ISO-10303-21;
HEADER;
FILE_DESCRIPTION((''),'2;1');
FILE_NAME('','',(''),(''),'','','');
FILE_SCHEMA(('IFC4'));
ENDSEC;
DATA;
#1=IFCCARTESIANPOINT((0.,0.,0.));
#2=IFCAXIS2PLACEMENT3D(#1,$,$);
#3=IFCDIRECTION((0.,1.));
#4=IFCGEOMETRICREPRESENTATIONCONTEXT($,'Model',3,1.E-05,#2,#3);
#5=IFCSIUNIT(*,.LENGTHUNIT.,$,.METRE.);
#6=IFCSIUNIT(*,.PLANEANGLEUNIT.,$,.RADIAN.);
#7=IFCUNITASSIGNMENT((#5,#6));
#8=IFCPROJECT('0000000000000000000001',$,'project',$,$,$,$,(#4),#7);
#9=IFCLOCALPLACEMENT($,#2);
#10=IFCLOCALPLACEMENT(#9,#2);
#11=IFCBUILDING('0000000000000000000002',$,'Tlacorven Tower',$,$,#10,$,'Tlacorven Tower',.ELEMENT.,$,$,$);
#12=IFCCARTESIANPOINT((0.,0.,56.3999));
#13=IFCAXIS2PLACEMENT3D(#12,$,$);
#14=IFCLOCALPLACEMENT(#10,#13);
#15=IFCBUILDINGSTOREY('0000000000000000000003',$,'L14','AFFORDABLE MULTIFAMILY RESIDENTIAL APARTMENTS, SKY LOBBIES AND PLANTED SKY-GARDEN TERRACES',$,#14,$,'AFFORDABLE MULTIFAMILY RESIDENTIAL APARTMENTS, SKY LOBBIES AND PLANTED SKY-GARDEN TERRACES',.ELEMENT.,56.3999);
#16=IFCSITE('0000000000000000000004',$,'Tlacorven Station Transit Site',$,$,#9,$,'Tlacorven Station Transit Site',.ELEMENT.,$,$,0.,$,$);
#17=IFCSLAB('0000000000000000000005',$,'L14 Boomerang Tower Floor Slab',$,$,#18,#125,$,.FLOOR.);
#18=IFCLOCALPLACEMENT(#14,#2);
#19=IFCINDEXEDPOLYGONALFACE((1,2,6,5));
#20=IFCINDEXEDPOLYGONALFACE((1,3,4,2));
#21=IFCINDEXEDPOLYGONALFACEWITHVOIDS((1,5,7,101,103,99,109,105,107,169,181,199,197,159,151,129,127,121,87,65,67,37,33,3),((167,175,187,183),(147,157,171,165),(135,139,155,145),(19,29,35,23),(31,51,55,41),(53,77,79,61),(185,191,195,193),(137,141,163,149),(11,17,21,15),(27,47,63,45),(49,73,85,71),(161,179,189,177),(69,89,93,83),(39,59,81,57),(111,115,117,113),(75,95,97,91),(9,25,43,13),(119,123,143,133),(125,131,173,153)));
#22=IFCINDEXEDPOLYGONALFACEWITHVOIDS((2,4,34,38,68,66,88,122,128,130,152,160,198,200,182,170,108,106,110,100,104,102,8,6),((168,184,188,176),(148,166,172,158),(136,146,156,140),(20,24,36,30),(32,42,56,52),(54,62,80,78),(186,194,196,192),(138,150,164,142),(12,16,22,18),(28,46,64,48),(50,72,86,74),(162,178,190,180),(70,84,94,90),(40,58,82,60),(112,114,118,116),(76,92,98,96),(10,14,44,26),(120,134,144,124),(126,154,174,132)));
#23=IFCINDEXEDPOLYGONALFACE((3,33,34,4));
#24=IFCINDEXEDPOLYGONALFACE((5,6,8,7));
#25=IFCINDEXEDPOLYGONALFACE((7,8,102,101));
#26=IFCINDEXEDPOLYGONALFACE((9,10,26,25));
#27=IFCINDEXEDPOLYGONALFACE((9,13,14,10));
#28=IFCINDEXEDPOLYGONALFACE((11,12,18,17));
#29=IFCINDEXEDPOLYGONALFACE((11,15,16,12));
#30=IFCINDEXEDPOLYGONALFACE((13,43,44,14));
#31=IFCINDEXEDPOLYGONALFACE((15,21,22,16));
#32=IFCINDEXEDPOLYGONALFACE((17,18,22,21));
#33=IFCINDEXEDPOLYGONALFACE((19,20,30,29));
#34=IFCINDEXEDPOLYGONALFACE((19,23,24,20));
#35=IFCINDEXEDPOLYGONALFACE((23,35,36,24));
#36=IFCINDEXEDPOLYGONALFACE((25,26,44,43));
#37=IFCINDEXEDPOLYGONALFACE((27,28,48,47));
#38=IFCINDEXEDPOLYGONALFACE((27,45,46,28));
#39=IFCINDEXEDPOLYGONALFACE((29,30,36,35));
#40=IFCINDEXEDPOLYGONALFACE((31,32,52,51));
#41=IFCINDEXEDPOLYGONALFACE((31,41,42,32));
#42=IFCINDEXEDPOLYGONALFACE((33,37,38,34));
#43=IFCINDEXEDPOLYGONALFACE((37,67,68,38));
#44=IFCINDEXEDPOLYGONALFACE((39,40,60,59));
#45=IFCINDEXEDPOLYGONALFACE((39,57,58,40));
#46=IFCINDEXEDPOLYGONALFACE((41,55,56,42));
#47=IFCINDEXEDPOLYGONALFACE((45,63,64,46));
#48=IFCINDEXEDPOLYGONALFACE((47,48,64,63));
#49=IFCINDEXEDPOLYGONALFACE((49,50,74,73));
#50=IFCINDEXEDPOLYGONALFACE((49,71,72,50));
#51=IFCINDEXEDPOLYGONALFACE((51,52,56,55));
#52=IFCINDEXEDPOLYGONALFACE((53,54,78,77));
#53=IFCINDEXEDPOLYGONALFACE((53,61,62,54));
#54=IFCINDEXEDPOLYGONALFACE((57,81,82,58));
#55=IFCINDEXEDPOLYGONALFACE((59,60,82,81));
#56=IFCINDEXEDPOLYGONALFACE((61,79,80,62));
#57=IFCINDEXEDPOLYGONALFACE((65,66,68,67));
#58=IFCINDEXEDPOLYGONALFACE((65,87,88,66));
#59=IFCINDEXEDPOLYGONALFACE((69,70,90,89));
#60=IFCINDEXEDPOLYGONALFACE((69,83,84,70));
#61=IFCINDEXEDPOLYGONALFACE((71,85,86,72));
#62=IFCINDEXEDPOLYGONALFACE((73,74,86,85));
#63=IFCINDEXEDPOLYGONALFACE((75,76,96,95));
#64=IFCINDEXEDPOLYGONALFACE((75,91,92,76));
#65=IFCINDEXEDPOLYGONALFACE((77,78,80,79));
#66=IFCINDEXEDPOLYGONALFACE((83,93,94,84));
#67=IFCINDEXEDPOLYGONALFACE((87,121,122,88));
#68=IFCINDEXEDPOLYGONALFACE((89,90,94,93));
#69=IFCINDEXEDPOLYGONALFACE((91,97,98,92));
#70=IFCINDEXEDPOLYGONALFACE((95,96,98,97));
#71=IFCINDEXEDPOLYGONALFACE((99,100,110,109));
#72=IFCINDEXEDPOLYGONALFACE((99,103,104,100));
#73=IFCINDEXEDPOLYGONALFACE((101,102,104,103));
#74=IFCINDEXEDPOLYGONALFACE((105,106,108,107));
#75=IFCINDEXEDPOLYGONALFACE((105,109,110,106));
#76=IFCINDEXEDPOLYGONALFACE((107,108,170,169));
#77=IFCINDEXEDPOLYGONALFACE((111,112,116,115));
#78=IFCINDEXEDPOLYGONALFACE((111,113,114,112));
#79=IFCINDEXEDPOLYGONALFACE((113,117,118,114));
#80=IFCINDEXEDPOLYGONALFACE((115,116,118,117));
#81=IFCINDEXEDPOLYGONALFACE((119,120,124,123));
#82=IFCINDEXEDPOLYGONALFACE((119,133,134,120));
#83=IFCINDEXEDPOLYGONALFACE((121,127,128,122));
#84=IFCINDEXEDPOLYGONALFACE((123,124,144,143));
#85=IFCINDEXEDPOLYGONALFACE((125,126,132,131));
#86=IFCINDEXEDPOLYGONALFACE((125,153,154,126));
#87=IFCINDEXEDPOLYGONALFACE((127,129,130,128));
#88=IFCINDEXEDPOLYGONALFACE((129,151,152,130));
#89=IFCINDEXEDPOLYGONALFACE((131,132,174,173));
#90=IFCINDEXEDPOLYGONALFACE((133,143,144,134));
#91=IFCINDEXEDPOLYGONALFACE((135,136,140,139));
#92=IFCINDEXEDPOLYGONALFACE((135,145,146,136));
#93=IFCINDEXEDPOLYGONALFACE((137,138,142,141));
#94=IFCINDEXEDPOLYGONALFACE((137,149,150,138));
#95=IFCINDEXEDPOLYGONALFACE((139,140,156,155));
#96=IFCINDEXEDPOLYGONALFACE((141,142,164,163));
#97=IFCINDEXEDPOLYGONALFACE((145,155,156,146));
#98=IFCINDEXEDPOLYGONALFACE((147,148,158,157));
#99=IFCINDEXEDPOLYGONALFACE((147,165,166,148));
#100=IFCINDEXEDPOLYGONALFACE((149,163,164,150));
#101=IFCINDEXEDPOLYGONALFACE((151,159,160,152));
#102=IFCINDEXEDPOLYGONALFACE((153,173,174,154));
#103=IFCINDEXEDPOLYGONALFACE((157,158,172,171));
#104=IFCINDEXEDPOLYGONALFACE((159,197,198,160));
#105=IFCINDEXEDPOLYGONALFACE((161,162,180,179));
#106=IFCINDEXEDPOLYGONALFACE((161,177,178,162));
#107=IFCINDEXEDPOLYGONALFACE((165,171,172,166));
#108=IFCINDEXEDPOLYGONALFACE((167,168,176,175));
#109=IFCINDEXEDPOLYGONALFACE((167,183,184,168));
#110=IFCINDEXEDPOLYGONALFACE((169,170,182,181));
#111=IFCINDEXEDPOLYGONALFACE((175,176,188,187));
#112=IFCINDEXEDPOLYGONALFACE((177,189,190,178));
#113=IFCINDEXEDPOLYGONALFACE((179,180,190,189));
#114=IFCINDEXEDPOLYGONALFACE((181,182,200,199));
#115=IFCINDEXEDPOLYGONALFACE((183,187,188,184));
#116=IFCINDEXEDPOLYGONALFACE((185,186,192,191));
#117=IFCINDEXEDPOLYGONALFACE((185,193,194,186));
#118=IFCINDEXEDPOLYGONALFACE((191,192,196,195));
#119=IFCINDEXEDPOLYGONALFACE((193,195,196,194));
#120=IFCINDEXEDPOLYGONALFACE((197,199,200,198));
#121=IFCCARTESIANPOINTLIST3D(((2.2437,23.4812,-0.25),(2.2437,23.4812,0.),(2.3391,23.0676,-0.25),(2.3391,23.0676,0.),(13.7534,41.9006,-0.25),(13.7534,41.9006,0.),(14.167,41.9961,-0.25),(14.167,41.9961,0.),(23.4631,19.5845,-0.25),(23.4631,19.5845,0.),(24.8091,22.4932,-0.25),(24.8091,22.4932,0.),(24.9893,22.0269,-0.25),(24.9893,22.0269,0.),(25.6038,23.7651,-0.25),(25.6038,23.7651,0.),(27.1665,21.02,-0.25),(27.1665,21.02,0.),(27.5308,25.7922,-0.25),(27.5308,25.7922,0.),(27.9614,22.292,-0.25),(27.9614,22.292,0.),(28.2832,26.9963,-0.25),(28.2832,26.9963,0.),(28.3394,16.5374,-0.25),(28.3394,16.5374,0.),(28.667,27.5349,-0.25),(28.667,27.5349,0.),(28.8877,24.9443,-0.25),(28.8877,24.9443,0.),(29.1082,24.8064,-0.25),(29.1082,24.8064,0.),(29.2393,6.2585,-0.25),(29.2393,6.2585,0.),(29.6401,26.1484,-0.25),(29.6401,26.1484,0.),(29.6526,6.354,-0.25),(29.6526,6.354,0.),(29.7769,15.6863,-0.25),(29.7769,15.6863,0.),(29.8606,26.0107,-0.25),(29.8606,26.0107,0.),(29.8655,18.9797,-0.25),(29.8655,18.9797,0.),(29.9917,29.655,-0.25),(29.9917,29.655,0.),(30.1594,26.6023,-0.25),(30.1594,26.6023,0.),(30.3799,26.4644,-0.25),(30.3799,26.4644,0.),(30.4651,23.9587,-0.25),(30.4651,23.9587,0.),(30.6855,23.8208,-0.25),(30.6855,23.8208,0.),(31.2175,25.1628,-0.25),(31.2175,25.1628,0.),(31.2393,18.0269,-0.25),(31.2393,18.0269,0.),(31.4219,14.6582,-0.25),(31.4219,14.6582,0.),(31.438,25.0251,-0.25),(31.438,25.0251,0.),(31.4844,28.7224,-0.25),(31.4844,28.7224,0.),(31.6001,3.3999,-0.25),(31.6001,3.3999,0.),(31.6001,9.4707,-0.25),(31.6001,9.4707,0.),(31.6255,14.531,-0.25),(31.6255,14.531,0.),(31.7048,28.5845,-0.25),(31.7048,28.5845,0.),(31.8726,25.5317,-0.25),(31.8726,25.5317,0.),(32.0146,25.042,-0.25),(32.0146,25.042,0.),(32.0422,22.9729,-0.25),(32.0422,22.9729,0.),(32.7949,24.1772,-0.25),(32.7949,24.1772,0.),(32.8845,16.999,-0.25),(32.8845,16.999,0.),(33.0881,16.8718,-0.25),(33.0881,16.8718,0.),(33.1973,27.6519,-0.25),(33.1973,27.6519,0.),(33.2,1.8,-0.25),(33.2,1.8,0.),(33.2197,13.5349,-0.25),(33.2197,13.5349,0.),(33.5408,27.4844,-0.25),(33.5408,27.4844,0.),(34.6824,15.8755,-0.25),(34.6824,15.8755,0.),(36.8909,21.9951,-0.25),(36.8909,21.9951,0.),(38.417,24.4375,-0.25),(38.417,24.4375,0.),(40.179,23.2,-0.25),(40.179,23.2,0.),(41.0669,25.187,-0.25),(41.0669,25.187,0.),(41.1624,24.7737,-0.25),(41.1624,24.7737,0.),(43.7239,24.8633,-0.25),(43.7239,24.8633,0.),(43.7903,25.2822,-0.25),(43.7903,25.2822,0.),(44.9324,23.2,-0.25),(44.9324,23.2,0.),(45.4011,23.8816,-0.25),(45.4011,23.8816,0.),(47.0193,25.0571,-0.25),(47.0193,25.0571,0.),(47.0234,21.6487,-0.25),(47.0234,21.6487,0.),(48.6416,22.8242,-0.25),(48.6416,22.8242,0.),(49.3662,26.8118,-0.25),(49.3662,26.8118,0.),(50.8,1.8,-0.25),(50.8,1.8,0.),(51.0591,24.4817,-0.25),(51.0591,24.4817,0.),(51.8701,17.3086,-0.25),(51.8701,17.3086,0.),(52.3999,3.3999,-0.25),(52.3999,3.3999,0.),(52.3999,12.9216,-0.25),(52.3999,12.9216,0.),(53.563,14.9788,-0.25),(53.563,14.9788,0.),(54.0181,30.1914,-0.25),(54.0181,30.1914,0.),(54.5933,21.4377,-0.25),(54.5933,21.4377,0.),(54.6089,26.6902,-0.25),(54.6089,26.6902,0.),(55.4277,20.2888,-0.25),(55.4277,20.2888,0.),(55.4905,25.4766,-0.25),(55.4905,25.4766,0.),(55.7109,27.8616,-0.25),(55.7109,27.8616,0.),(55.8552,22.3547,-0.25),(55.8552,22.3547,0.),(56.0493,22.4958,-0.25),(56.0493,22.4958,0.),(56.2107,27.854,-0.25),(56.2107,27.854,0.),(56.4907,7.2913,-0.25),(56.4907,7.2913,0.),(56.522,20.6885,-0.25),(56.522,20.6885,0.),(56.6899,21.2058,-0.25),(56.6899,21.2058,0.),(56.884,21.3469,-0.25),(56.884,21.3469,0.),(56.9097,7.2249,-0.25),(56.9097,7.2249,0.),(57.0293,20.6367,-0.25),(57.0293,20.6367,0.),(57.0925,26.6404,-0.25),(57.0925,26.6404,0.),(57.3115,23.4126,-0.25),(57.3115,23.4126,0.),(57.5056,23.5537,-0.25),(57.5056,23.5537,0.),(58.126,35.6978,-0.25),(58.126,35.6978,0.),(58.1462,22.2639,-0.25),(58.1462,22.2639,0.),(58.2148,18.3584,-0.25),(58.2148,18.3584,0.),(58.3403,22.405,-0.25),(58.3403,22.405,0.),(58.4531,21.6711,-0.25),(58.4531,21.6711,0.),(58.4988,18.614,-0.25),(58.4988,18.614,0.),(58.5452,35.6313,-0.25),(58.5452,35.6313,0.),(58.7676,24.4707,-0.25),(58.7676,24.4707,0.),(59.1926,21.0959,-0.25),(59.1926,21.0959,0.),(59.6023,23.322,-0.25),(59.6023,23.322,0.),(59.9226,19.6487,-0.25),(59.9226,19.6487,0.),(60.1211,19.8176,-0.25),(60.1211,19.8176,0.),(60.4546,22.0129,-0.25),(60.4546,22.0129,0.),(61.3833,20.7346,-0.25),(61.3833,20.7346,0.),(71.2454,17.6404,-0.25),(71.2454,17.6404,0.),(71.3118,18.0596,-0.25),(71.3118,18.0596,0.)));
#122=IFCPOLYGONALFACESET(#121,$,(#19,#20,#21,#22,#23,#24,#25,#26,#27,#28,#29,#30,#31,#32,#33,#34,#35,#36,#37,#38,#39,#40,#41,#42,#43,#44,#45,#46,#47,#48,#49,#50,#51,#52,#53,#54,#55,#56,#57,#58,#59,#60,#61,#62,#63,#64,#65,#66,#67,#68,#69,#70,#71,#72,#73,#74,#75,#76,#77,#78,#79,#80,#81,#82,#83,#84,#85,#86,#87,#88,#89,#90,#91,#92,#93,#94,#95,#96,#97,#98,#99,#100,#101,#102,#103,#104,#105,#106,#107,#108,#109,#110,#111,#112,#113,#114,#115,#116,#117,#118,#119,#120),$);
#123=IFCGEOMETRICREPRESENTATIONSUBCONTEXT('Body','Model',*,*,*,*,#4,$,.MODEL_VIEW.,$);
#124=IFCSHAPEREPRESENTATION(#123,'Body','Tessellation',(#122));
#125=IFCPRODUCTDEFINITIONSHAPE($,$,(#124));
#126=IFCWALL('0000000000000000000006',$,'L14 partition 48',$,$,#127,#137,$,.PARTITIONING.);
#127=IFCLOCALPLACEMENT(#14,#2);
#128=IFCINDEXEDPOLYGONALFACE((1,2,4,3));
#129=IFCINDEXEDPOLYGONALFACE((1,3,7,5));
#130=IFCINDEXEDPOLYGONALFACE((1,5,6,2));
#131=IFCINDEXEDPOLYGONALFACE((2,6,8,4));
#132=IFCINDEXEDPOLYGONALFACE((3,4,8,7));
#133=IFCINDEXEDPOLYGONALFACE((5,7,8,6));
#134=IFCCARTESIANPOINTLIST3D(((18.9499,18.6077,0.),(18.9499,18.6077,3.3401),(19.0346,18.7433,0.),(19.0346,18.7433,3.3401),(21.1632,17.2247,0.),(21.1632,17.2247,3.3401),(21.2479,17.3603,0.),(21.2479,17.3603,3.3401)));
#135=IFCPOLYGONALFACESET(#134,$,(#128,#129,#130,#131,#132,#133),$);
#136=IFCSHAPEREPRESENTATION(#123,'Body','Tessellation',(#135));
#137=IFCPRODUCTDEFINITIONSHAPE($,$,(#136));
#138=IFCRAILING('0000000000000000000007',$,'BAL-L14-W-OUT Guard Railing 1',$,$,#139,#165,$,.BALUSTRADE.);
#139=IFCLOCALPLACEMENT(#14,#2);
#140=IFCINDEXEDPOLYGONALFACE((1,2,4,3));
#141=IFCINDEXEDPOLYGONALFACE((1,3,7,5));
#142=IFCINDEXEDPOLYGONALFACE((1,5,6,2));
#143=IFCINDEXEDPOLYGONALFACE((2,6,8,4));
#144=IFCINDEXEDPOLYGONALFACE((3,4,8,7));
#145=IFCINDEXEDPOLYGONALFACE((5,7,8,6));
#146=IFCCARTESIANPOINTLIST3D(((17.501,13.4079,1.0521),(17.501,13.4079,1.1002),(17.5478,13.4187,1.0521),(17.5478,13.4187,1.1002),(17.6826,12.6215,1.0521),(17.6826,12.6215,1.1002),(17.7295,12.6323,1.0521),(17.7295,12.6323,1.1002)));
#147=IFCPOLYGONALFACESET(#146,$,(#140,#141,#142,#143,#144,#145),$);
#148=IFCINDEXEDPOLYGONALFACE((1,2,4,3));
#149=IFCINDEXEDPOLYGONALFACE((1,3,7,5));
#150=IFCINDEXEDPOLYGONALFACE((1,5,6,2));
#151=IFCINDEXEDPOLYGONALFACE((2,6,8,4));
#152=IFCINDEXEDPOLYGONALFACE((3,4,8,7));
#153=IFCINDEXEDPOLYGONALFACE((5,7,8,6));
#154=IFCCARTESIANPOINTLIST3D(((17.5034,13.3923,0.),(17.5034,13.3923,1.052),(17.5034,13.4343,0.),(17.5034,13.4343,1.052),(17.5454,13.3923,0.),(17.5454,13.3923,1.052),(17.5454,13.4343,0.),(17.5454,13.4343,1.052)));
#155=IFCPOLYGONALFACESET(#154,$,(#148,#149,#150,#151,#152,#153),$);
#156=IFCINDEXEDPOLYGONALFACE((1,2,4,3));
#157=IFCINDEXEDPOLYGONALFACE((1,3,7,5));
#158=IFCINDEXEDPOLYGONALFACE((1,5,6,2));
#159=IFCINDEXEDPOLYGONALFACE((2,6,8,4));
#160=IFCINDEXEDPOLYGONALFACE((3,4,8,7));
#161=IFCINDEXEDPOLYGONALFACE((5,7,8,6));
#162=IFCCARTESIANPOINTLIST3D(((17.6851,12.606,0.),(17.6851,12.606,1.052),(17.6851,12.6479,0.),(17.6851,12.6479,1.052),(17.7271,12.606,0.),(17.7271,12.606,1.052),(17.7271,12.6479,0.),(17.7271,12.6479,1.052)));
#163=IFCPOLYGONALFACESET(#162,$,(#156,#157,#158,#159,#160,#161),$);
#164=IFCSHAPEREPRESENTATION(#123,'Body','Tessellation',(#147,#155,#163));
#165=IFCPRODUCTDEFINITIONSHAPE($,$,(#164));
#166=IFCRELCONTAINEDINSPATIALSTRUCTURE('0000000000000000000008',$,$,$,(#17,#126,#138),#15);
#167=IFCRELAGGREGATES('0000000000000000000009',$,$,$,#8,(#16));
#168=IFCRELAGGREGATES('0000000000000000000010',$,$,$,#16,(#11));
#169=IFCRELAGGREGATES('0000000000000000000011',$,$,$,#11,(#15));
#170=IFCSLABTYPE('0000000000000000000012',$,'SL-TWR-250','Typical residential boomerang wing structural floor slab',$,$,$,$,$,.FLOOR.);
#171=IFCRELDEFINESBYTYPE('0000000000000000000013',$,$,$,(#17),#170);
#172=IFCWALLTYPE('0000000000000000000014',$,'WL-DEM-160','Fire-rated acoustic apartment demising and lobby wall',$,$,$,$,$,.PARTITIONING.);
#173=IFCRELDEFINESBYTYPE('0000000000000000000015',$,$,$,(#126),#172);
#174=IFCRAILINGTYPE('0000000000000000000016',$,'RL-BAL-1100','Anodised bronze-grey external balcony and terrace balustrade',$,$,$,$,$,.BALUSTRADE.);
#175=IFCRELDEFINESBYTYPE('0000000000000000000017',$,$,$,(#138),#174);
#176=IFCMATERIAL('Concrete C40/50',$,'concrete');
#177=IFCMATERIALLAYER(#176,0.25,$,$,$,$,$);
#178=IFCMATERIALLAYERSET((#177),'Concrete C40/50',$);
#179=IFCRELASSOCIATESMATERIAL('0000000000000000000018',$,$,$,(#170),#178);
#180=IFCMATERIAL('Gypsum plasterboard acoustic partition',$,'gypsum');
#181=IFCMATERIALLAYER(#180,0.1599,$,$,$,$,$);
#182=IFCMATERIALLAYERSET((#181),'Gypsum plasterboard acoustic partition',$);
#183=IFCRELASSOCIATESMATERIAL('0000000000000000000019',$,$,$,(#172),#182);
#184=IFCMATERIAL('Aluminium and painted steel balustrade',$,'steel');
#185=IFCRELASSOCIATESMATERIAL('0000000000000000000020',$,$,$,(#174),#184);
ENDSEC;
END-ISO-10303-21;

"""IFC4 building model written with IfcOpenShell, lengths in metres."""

from ifc_helpers import new_model, si_unit, direction, frame, frame_2d, origin, origin_2d, place, context, subcontext, project, spatial, polyline, rectangle, outline, extrude, source, transform, mapped, material, layer, layer_set, type_object, element, save


model = new_model("IFC4")

# Units and contexts
model_context = context("Model", 3, precision=1e-05, world=origin(), true_north=direction((0.0, 1.0)))
body_context = subcontext(model_context, "Body", "Model", "MODEL_VIEW")
ifc_project = project(units=[si_unit("LENGTHUNIT", "METRE"), si_unit("PLANEANGLEUNIT", "RADIAN")], contexts=[model_context])

# Site, building, storey
site_placement = place(None, origin())
site = spatial("IfcSite", under=ifc_project, at=site_placement, Name="Tlacorven Station Transit Site", LongName="Tlacorven Station Transit Site", CompositionType="ELEMENT", RefElevation=0.0)
building_placement = place(site_placement, origin())
building = spatial("IfcBuilding", under=site, at=building_placement, Name="Tlacorven Tower", LongName="Tlacorven Tower", CompositionType="ELEMENT")
storey_placement = place(building_placement, frame((0.0, 0.0, 56.3999)))
storey = spatial("IfcBuildingStorey", under=building, at=storey_placement, Name="L14", Description="AFFORDABLE MULTIFAMILY RESIDENTIAL APARTMENTS, SKY LOBBIES AND PLANTED SKY-GARDEN TERRACES", LongName="AFFORDABLE MULTIFAMILY RESIDENTIAL APARTMENTS, SKY LOBBIES AND PLANTED SKY-GARDEN TERRACES", CompositionType="ELEMENT", Elevation=56.3999)

# Shared definitions
ifc_material_1 = material(Name="Concrete C40/50", Category="concrete")

# Slab
ifc_layer_1 = layer(ifc_material_1, 0.25)
ifc_layer_set_1 = layer_set([ifc_layer_1], Name="Concrete C40/50")
slab_type_1 = type_object("IfcSlabType", Name="SL-TWR-250", Description="Typical residential boomerang wing structural floor slab", PredefinedType="FLOOR", material=ifc_layer_set_1)
slab_1_placement = place(storey_placement, frame((0.0, 0.0, -0.25)))
element("IfcSlab", 1, at=slab_1_placement, inside=storey, type_object=slab_type_1, Name="L14 Boomerang Tower Floor Slab", PredefinedType="FLOOR", context=body_context, shape_type="SweptSolid", body=[
    extrude(outline(polyline([(52.3999, 3.3999), (50.8, 1.8), (33.2, 1.8), (31.6001, 3.3999), (31.6001, 9.4707), (29.6526, 6.354), (29.2393, 6.2585), (2.3391, 23.0676), (2.2437, 23.4812), (13.7534, 41.9006), (14.167, 41.9961), (41.0669, 25.187), (41.1624, 24.7737), (40.179, 23.2), (44.9324, 23.2), (43.7239, 24.8633), (43.7903, 25.2822), (58.126, 35.6978), (58.5452, 35.6313), (71.3118, 18.0596), (71.2454, 17.6404), (56.9097, 7.2249), (56.4907, 7.2913), (52.3999, 12.9216), (52.3999, 3.3999)]), holes=[polyline([(29.8655, 18.9797), (24.9893, 22.0269), (23.4631, 19.5845), (28.3394, 16.5374), (29.8655, 18.9797)]), polyline([(38.417, 24.4375), (33.5408, 27.4844), (32.0146, 25.042), (36.8909, 21.9951), (38.417, 24.4375)]), polyline([(51.0591, 24.4817), (55.7109, 27.8616), (54.0181, 30.1914), (49.3662, 26.8118), (51.0591, 24.4817)]), polyline([(53.563, 14.9788), (58.2148, 18.3584), (56.522, 20.6885), (51.8701, 17.3086), (53.563, 14.9788)]), polyline([(34.6824, 15.8755), (33.0881, 16.8718), (31.6255, 14.531), (33.2197, 13.5349), (34.6824, 15.8755)]), polyline([(32.8845, 16.999), (31.2393, 18.0269), (29.7769, 15.6863), (31.4219, 14.6582), (32.8845, 16.999)]), polyline([(47.0234, 21.6487), (48.6416, 22.8242), (47.0193, 25.0571), (45.4011, 23.8816), (47.0234, 21.6487)]), polyline([(33.1973, 27.6519), (31.7048, 28.5845), (30.3799, 26.4644), (31.8726, 25.5317), (33.1973, 27.6519)]), polyline([(31.4844, 28.7224), (29.9917, 29.655), (28.667, 27.5349), (30.1594, 26.6023), (31.4844, 28.7224)]), polyline([(32.7949, 24.1772), (31.438, 25.0251), (30.6855, 23.8208), (32.0422, 22.9729), (32.7949, 24.1772)]), polyline([(31.2175, 25.1628), (29.8606, 26.0107), (29.1082, 24.8064), (30.4651, 23.9587), (31.2175, 25.1628)]), polyline([(29.6401, 26.1484), (28.2832, 26.9963), (27.5308, 25.7922), (28.8877, 24.9443), (29.6401, 26.1484)]), polyline([(55.4277, 20.2888), (56.6899, 21.2058), (55.8552, 22.3547), (54.5933, 21.4377), (55.4277, 20.2888)]), polyline([(56.884, 21.3469), (58.1462, 22.2639), (57.3115, 23.4126), (56.0493, 22.4958), (56.884, 21.3469)]), polyline([(58.3403, 22.405), (59.6023, 23.322), (58.7676, 24.4707), (57.5056, 23.5537), (58.3403, 22.405)]), polyline([(58.4988, 18.614), (59.9226, 19.6487), (58.4531, 21.6711), (57.0293, 20.6367), (58.4988, 18.614)]), polyline([(27.9614, 22.292), (25.6038, 23.7651), (24.8091, 22.4932), (27.1665, 21.02), (27.9614, 22.292)]), polyline([(55.4905, 25.4766), (57.0925, 26.6404), (56.2107, 27.854), (54.6089, 26.6902), (55.4905, 25.4766)]), polyline([(60.1211, 19.8176), (61.3833, 20.7346), (60.4546, 22.0129), (59.1926, 21.0959), (60.1211, 19.8176)])]), origin(), (0.0, 0.0, 1.0), 0.25),
])

# Wall
ifc_material_2 = material(Name="Gypsum plasterboard acoustic partition", Category="gypsum")
ifc_layer_2 = layer(ifc_material_2, 0.1599)
ifc_layer_set_2 = layer_set([ifc_layer_2], Name="Gypsum plasterboard acoustic partition")
wall_type = type_object("IfcWallType", Name="WL-DEM-160", Description="Fire-rated acoustic apartment demising and lobby wall", PredefinedType="PARTITIONING", material=ifc_layer_set_2)
wall_placement = place(storey_placement, frame((21.2056, 17.2925, 0.0), z_axis=(0.0, 0.0, 1.0), x_axis=(-0.848051, 0.529915, 0.0)))
element("IfcWall", 2, at=wall_placement, inside=storey, type_object=wall_type, Name="L14 partition 48", PredefinedType="PARTITIONING", context=body_context, shape_type="SweptSolid", body=[
    extrude(rectangle(XDim=2.6099, YDim=0.1599, at=frame_2d((1.3049, 0.0))), origin(), (0.0, 0.0, 1.0), 3.3401),
])

# Railing
ifc_material_3 = material(Name="Aluminium and painted steel balustrade", Category="steel")
railing_type = type_object("IfcRailingType", Name="RL-BAL-1100", Description="Anodised bronze-grey external balcony and terrace balustrade", PredefinedType="BALUSTRADE", material=ifc_material_3)
shared_shape_1 = source(origin(), body_context, "Body", "SweptSolid", [
    extrude(rectangle(XDim=0.0481, YDim=0.0481, at=origin_2d()), frame((0.0, 0.0, 1.0762), z_axis=(0.225058, -0.974345, 0.0), x_axis=(0.974345, 0.225058, 0.0)), (0.0, 0.0, 1.0), 0.8071),
    extrude(rectangle(XDim=0.042, YDim=0.042, at=origin_2d()), origin(), (0.0, 0.0, 1.0), 1.052),
    extrude(rectangle(XDim=0.042, YDim=0.042, at=origin_2d()), frame((0.1816, -0.7864, 0.0)), (0.0, 0.0, 1.0), 1.052),
])
railing_1_placement = place(storey_placement, frame((17.5244, 13.4133, 0.0)))
element("IfcRailing", 3, at=railing_1_placement, inside=storey, type_object=railing_type, Name="BAL-L14-W-OUT Guard Railing 1", PredefinedType="BALUSTRADE", context=body_context, shape_type="MappedRepresentation", body=[
    mapped(shared_shape_1, transform((0.0, 0.0, 0.0), scale=1.0)),
])

save(model, "model.ifc")
